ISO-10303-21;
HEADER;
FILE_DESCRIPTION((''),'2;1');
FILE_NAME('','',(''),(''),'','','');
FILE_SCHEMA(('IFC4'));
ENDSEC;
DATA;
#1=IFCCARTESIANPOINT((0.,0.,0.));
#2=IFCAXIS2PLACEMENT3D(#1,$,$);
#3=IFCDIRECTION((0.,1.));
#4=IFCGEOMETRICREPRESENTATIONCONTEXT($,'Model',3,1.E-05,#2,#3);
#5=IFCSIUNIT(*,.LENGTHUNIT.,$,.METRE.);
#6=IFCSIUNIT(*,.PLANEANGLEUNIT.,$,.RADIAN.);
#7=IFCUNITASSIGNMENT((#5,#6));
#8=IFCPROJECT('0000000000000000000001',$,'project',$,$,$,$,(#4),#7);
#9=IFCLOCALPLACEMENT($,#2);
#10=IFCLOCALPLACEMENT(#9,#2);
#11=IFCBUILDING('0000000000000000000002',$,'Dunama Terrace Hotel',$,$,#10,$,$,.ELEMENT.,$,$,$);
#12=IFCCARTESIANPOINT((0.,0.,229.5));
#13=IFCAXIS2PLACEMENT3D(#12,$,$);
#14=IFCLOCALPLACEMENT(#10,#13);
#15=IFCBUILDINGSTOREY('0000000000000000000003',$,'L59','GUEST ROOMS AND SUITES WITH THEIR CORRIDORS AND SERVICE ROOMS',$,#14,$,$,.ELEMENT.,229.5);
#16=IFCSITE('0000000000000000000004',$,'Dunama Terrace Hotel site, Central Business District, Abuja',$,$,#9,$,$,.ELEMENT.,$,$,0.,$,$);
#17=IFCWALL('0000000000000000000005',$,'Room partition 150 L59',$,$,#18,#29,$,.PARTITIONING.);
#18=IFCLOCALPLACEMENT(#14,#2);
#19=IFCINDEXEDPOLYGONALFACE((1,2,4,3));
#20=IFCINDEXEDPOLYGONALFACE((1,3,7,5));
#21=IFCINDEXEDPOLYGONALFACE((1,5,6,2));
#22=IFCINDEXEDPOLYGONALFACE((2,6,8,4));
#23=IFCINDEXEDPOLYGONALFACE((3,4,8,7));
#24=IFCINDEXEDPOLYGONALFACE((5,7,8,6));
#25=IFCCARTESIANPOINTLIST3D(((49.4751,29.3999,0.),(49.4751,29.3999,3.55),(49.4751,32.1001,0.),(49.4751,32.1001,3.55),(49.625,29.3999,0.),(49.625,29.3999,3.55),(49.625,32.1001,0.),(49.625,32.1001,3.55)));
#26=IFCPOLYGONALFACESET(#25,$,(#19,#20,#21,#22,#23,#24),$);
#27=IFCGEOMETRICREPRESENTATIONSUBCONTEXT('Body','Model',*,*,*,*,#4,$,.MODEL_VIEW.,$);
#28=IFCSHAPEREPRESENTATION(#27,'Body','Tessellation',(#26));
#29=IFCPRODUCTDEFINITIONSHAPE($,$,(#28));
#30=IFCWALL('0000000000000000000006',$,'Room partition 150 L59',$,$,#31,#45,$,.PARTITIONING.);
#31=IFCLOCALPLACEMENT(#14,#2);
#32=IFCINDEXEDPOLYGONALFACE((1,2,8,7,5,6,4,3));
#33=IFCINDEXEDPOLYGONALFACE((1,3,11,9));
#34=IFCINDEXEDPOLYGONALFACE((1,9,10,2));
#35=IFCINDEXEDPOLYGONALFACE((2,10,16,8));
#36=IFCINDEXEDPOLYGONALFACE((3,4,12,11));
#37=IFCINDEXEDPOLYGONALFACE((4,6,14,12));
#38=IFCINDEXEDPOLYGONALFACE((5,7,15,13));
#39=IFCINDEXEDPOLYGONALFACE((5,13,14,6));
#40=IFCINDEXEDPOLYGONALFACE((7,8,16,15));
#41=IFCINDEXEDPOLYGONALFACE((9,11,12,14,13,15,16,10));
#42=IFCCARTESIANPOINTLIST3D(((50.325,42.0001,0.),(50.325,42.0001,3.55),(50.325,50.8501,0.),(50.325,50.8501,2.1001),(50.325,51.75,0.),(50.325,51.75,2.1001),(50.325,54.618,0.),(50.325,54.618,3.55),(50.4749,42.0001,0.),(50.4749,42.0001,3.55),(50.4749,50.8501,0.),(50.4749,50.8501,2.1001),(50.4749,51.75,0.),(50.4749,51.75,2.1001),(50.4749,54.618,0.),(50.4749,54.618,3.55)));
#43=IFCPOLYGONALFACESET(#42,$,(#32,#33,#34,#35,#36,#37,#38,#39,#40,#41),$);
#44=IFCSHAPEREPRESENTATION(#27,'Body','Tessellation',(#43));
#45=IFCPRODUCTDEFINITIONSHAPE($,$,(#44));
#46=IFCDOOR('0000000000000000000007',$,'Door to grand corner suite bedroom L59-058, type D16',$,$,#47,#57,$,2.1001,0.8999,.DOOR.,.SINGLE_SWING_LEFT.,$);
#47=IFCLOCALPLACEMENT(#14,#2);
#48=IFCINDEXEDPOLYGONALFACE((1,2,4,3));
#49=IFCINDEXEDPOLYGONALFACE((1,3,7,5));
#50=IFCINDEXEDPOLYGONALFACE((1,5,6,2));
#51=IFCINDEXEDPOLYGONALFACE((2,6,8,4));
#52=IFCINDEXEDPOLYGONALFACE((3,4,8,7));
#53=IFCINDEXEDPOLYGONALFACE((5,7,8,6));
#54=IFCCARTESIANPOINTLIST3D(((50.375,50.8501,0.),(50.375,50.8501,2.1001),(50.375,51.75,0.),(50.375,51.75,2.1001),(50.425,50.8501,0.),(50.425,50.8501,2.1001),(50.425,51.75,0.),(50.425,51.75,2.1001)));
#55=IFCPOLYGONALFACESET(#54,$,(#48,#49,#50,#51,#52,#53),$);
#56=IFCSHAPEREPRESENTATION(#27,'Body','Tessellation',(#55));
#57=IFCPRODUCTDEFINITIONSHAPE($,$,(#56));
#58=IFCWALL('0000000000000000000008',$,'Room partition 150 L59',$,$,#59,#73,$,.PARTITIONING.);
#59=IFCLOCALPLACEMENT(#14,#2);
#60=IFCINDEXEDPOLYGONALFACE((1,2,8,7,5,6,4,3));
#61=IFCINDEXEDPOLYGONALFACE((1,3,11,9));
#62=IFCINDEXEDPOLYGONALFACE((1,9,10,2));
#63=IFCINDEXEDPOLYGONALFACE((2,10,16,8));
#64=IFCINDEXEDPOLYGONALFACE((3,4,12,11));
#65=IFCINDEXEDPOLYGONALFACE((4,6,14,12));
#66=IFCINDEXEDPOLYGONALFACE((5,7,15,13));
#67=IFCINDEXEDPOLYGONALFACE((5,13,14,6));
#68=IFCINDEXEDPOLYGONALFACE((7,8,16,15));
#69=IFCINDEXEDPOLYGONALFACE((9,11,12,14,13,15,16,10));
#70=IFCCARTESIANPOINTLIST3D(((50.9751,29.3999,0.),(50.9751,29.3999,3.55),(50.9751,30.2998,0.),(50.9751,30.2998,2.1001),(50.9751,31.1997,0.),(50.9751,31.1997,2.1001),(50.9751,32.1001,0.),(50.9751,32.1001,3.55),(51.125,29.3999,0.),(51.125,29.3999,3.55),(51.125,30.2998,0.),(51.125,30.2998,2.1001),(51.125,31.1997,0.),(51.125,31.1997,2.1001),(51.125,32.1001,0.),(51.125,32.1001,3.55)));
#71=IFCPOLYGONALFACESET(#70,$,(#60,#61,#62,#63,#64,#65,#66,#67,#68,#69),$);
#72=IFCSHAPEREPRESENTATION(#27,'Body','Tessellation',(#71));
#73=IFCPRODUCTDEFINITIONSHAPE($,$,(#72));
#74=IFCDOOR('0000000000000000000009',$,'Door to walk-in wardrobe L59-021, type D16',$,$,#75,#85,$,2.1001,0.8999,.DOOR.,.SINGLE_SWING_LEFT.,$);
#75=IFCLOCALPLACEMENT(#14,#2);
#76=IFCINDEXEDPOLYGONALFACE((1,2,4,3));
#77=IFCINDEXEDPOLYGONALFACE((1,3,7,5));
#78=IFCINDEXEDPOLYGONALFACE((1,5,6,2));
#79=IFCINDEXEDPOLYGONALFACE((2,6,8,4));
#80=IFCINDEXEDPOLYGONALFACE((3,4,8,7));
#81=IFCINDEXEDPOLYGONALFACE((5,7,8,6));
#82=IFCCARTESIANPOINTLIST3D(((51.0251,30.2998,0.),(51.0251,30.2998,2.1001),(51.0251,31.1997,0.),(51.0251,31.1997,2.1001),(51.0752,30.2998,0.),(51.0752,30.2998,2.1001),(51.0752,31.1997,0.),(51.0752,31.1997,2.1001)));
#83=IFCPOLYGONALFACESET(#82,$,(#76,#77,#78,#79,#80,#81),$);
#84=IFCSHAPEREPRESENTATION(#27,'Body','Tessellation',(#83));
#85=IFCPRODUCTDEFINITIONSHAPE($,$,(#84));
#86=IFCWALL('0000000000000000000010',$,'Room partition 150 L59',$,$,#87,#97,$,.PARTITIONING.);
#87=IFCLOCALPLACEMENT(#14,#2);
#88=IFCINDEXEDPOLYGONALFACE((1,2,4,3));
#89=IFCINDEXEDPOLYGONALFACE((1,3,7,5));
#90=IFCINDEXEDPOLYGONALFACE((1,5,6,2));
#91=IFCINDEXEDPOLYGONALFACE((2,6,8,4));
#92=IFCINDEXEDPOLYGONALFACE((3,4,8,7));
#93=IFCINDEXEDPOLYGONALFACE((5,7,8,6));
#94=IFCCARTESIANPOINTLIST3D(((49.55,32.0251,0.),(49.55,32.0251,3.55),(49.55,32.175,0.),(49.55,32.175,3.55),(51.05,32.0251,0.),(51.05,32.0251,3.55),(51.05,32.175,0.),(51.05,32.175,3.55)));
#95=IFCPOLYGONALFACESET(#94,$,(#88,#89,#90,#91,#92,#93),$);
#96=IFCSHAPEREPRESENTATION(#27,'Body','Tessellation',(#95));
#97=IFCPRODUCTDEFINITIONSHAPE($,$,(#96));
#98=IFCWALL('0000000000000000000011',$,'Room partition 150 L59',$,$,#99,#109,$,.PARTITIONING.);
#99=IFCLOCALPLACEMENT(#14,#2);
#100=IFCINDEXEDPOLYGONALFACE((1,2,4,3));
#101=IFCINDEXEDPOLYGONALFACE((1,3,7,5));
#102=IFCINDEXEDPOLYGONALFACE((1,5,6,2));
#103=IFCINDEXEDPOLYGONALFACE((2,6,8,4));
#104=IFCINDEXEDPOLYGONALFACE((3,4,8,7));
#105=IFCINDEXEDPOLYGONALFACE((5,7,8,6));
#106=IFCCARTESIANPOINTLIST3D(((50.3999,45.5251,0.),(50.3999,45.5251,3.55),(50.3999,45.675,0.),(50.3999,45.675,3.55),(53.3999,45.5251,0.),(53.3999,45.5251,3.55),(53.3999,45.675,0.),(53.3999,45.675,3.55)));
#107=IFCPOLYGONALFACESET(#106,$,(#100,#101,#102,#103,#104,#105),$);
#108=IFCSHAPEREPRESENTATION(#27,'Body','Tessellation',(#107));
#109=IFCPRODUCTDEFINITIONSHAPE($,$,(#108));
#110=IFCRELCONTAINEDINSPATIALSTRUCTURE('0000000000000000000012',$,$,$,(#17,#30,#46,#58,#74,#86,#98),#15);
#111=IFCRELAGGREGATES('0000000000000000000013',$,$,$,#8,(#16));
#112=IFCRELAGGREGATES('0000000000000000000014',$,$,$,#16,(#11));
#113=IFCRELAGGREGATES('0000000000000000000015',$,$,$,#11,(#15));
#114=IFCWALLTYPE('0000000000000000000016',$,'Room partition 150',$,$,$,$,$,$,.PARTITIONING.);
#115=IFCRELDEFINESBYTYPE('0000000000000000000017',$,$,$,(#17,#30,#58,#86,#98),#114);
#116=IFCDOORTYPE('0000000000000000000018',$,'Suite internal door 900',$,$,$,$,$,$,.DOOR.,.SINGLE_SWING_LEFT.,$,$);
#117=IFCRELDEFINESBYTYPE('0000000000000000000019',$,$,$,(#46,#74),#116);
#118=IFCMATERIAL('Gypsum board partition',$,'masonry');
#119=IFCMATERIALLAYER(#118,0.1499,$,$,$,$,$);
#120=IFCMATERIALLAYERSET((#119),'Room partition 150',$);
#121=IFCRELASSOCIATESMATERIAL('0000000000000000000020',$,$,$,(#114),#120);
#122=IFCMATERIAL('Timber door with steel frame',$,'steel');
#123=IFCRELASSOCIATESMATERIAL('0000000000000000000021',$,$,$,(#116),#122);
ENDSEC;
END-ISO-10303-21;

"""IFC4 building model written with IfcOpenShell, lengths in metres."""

from ifc_helpers import new_model, si_unit, direction, frame, frame_2d, origin, place, context, subcontext, project, spatial, rectangle, extrude, material, layer, layer_set, type_object, element, fill, save


model = new_model("IFC4")

# Units and contexts
model_context = context("Model", 3, precision=1e-05, world=origin(), true_north=direction((0.0, 1.0)))
body_context = subcontext(model_context, "Body", "Model", "MODEL_VIEW")
ifc_project = project(units=[si_unit("LENGTHUNIT", "METRE"), si_unit("PLANEANGLEUNIT", "RADIAN")], contexts=[model_context])

# Site, building, storey
site_placement = place(None, origin())
site = spatial("IfcSite", under=ifc_project, at=site_placement, Name="Dunama Terrace Hotel site, Central Business District, Abuja", CompositionType="ELEMENT", RefElevation=0.0)
building_placement = place(site_placement, origin())
building = spatial("IfcBuilding", under=site, at=building_placement, Name="Dunama Terrace Hotel", CompositionType="ELEMENT")
storey_placement = place(building_placement, frame((0.0, 0.0, 229.5)))
storey = spatial("IfcBuildingStorey", under=building, at=storey_placement, Name="L59", Description="GUEST ROOMS AND SUITES WITH THEIR CORRIDORS AND SERVICE ROOMS", CompositionType="ELEMENT", Elevation=229.5)

# Wall
ifc_material_1 = material(Name="Gypsum board partition", Category="masonry")
ifc_layer_1 = layer(ifc_material_1, 0.1499)
ifc_layer_set_1 = layer_set([ifc_layer_1], Name="Room partition 150")
wall_type_1 = type_object("IfcWallType", Name="Room partition 150", PredefinedType="PARTITIONING", material=ifc_layer_set_1)
wall_1_placement = place(storey_placement, frame((49.55, 29.3999, 0.0), z_axis=(0.0, 0.0, 1.0), x_axis=(0.0, 1.0, 0.0)))
element("IfcWall", 1, at=wall_1_placement, inside=storey, type_object=wall_type_1, Name="Room partition 150 L59", PredefinedType="PARTITIONING", context=body_context, shape_type="SweptSolid", body=[
    extrude(rectangle(XDim=2.7002, YDim=0.1499, at=frame_2d((1.3501, 0.0))), origin(), (0.0, 0.0, 1.0), 3.55),
])

# Walls, openings, doors
wall_2_placement = place(storey_placement, frame((50.3999, 42.0, 0.0), z_axis=(0.0, 0.0, 1.0), x_axis=(0.0, 1.0, 0.0)))
wall_2 = element("IfcWall", 2, at=wall_2_placement, inside=storey, type_object=wall_type_1, Name="Room partition 150 L59", PredefinedType="PARTITIONING", context=body_context, shape_type="SweptSolid", body=[
    extrude(rectangle(XDim=12.6179, YDim=0.1499, at=frame_2d((6.3091, 0.0))), origin(), (0.0, 0.0, 1.0), 3.55),
])
opening_1_placement = place(wall_2_placement, frame((8.8501, 0.0, 0.0)))
opening_1 = element("IfcOpeningElement", 3, at=opening_1_placement, cuts=wall_2, PredefinedType="OPENING", context=body_context, shape_type="SweptSolid", body=[
    extrude(rectangle(XDim=0.8999, YDim=2.1001, at=frame_2d((0.45, 1.05))), frame((0.0, 0.085, 0.0), z_axis=(0.0, -1.0, 0.0), x_axis=(1.0, 0.0, 0.0)), (0.0, 0.0, 1.0), 0.1699),
])
ifc_material_2 = material(Name="Timber door with steel frame", Category="steel")
door_type_1 = type_object("IfcDoorType", Name="Suite internal door 900", OperationType="SINGLE_SWING_LEFT", PredefinedType="DOOR", material=ifc_material_2)
door_1_placement = place(opening_1_placement, frame((0.8999, 0.0, 0.0), z_axis=(0.0, 0.0, 1.0), x_axis=(-1.0, 0.0, 0.0)))
door_1 = element("IfcDoor", 4, at=door_1_placement, inside=storey, type_object=door_type_1, Name="Door to grand corner suite bedroom L59-058, type D16", OperationType="SINGLE_SWING_LEFT", OverallHeight=2.1001, OverallWidth=0.8999, PredefinedType="DOOR", context=body_context, shape_type="SweptSolid", body=[
    extrude(rectangle(XDim=0.8999, YDim=2.1001, at=frame_2d((0.45, 1.05))), frame((0.0, 0.0251, 0.0), z_axis=(0.0, -1.0, 0.0), x_axis=(1.0, 0.0, 0.0)), (0.0, 0.0, 1.0), 0.05),
])
fill(opening_1, door_1)
wall_3_placement = place(storey_placement, frame((51.05, 29.3999, 0.0), z_axis=(0.0, 0.0, 1.0), x_axis=(0.0, 1.0, 0.0)))
wall_3 = element("IfcWall", 5, at=wall_3_placement, inside=storey, type_object=wall_type_1, Name="Room partition 150 L59", PredefinedType="PARTITIONING", context=body_context, shape_type="SweptSolid", body=[
    extrude(rectangle(XDim=2.7002, YDim=0.1499, at=frame_2d((1.3501, 0.0))), origin(), (0.0, 0.0, 1.0), 3.55),
])
opening_2_placement = place(wall_3_placement, frame((0.8999, 0.0, 0.0)))
opening_2 = element("IfcOpeningElement", 6, at=opening_2_placement, cuts=wall_3, PredefinedType="OPENING", context=body_context, shape_type="SweptSolid", body=[
    extrude(rectangle(XDim=0.8999, YDim=2.1001, at=frame_2d((0.45, 1.05))), frame((0.0, 0.085, 0.0), z_axis=(0.0, -1.0, 0.0), x_axis=(1.0, 0.0, 0.0)), (0.0, 0.0, 1.0), 0.1699),
])
door_2_placement = place(opening_2_placement, origin())
door_2 = element("IfcDoor", 7, at=door_2_placement, inside=storey, type_object=door_type_1, Name="Door to walk-in wardrobe L59-021, type D16", OperationType="SINGLE_SWING_LEFT", OverallHeight=2.1001, OverallWidth=0.8999, PredefinedType="DOOR", context=body_context, shape_type="SweptSolid", body=[
    extrude(rectangle(XDim=0.8999, YDim=2.1001, at=frame_2d((0.45, 1.05))), frame((0.0, 0.0249, 0.0), z_axis=(0.0, -1.0, 0.0), x_axis=(1.0, 0.0, 0.0)), (0.0, 0.0, 1.0), 0.05),
])
fill(opening_2, door_2)

# Walls
wall_4_placement = place(storey_placement, frame((49.55, 32.1001, 0.0), z_axis=(0.0, 0.0, 1.0), x_axis=(1.0, 0.0, 0.0)))
element("IfcWall", 8, at=wall_4_placement, inside=storey, type_object=wall_type_1, Name="Room partition 150 L59", PredefinedType="PARTITIONING", context=body_context, shape_type="SweptSolid", body=[
    extrude(rectangle(XDim=1.5, YDim=0.1499, at=frame_2d((0.75, 0.0))), origin(), (0.0, 0.0, 1.0), 3.55),
])
wall_5_placement = place(storey_placement, frame((50.3999, 45.6001, 0.0), z_axis=(0.0, 0.0, 1.0), x_axis=(1.0, 0.0, 0.0)))
element("IfcWall", 9, at=wall_5_placement, inside=storey, type_object=wall_type_1, Name="Room partition 150 L59", PredefinedType="PARTITIONING", context=body_context, shape_type="SweptSolid", body=[
    extrude(rectangle(XDim=3.0, YDim=0.1499, at=frame_2d((1.5, 0.0))), origin(), (0.0, 0.0, 1.0), 3.55),
])

save(model, "model.ifc")
